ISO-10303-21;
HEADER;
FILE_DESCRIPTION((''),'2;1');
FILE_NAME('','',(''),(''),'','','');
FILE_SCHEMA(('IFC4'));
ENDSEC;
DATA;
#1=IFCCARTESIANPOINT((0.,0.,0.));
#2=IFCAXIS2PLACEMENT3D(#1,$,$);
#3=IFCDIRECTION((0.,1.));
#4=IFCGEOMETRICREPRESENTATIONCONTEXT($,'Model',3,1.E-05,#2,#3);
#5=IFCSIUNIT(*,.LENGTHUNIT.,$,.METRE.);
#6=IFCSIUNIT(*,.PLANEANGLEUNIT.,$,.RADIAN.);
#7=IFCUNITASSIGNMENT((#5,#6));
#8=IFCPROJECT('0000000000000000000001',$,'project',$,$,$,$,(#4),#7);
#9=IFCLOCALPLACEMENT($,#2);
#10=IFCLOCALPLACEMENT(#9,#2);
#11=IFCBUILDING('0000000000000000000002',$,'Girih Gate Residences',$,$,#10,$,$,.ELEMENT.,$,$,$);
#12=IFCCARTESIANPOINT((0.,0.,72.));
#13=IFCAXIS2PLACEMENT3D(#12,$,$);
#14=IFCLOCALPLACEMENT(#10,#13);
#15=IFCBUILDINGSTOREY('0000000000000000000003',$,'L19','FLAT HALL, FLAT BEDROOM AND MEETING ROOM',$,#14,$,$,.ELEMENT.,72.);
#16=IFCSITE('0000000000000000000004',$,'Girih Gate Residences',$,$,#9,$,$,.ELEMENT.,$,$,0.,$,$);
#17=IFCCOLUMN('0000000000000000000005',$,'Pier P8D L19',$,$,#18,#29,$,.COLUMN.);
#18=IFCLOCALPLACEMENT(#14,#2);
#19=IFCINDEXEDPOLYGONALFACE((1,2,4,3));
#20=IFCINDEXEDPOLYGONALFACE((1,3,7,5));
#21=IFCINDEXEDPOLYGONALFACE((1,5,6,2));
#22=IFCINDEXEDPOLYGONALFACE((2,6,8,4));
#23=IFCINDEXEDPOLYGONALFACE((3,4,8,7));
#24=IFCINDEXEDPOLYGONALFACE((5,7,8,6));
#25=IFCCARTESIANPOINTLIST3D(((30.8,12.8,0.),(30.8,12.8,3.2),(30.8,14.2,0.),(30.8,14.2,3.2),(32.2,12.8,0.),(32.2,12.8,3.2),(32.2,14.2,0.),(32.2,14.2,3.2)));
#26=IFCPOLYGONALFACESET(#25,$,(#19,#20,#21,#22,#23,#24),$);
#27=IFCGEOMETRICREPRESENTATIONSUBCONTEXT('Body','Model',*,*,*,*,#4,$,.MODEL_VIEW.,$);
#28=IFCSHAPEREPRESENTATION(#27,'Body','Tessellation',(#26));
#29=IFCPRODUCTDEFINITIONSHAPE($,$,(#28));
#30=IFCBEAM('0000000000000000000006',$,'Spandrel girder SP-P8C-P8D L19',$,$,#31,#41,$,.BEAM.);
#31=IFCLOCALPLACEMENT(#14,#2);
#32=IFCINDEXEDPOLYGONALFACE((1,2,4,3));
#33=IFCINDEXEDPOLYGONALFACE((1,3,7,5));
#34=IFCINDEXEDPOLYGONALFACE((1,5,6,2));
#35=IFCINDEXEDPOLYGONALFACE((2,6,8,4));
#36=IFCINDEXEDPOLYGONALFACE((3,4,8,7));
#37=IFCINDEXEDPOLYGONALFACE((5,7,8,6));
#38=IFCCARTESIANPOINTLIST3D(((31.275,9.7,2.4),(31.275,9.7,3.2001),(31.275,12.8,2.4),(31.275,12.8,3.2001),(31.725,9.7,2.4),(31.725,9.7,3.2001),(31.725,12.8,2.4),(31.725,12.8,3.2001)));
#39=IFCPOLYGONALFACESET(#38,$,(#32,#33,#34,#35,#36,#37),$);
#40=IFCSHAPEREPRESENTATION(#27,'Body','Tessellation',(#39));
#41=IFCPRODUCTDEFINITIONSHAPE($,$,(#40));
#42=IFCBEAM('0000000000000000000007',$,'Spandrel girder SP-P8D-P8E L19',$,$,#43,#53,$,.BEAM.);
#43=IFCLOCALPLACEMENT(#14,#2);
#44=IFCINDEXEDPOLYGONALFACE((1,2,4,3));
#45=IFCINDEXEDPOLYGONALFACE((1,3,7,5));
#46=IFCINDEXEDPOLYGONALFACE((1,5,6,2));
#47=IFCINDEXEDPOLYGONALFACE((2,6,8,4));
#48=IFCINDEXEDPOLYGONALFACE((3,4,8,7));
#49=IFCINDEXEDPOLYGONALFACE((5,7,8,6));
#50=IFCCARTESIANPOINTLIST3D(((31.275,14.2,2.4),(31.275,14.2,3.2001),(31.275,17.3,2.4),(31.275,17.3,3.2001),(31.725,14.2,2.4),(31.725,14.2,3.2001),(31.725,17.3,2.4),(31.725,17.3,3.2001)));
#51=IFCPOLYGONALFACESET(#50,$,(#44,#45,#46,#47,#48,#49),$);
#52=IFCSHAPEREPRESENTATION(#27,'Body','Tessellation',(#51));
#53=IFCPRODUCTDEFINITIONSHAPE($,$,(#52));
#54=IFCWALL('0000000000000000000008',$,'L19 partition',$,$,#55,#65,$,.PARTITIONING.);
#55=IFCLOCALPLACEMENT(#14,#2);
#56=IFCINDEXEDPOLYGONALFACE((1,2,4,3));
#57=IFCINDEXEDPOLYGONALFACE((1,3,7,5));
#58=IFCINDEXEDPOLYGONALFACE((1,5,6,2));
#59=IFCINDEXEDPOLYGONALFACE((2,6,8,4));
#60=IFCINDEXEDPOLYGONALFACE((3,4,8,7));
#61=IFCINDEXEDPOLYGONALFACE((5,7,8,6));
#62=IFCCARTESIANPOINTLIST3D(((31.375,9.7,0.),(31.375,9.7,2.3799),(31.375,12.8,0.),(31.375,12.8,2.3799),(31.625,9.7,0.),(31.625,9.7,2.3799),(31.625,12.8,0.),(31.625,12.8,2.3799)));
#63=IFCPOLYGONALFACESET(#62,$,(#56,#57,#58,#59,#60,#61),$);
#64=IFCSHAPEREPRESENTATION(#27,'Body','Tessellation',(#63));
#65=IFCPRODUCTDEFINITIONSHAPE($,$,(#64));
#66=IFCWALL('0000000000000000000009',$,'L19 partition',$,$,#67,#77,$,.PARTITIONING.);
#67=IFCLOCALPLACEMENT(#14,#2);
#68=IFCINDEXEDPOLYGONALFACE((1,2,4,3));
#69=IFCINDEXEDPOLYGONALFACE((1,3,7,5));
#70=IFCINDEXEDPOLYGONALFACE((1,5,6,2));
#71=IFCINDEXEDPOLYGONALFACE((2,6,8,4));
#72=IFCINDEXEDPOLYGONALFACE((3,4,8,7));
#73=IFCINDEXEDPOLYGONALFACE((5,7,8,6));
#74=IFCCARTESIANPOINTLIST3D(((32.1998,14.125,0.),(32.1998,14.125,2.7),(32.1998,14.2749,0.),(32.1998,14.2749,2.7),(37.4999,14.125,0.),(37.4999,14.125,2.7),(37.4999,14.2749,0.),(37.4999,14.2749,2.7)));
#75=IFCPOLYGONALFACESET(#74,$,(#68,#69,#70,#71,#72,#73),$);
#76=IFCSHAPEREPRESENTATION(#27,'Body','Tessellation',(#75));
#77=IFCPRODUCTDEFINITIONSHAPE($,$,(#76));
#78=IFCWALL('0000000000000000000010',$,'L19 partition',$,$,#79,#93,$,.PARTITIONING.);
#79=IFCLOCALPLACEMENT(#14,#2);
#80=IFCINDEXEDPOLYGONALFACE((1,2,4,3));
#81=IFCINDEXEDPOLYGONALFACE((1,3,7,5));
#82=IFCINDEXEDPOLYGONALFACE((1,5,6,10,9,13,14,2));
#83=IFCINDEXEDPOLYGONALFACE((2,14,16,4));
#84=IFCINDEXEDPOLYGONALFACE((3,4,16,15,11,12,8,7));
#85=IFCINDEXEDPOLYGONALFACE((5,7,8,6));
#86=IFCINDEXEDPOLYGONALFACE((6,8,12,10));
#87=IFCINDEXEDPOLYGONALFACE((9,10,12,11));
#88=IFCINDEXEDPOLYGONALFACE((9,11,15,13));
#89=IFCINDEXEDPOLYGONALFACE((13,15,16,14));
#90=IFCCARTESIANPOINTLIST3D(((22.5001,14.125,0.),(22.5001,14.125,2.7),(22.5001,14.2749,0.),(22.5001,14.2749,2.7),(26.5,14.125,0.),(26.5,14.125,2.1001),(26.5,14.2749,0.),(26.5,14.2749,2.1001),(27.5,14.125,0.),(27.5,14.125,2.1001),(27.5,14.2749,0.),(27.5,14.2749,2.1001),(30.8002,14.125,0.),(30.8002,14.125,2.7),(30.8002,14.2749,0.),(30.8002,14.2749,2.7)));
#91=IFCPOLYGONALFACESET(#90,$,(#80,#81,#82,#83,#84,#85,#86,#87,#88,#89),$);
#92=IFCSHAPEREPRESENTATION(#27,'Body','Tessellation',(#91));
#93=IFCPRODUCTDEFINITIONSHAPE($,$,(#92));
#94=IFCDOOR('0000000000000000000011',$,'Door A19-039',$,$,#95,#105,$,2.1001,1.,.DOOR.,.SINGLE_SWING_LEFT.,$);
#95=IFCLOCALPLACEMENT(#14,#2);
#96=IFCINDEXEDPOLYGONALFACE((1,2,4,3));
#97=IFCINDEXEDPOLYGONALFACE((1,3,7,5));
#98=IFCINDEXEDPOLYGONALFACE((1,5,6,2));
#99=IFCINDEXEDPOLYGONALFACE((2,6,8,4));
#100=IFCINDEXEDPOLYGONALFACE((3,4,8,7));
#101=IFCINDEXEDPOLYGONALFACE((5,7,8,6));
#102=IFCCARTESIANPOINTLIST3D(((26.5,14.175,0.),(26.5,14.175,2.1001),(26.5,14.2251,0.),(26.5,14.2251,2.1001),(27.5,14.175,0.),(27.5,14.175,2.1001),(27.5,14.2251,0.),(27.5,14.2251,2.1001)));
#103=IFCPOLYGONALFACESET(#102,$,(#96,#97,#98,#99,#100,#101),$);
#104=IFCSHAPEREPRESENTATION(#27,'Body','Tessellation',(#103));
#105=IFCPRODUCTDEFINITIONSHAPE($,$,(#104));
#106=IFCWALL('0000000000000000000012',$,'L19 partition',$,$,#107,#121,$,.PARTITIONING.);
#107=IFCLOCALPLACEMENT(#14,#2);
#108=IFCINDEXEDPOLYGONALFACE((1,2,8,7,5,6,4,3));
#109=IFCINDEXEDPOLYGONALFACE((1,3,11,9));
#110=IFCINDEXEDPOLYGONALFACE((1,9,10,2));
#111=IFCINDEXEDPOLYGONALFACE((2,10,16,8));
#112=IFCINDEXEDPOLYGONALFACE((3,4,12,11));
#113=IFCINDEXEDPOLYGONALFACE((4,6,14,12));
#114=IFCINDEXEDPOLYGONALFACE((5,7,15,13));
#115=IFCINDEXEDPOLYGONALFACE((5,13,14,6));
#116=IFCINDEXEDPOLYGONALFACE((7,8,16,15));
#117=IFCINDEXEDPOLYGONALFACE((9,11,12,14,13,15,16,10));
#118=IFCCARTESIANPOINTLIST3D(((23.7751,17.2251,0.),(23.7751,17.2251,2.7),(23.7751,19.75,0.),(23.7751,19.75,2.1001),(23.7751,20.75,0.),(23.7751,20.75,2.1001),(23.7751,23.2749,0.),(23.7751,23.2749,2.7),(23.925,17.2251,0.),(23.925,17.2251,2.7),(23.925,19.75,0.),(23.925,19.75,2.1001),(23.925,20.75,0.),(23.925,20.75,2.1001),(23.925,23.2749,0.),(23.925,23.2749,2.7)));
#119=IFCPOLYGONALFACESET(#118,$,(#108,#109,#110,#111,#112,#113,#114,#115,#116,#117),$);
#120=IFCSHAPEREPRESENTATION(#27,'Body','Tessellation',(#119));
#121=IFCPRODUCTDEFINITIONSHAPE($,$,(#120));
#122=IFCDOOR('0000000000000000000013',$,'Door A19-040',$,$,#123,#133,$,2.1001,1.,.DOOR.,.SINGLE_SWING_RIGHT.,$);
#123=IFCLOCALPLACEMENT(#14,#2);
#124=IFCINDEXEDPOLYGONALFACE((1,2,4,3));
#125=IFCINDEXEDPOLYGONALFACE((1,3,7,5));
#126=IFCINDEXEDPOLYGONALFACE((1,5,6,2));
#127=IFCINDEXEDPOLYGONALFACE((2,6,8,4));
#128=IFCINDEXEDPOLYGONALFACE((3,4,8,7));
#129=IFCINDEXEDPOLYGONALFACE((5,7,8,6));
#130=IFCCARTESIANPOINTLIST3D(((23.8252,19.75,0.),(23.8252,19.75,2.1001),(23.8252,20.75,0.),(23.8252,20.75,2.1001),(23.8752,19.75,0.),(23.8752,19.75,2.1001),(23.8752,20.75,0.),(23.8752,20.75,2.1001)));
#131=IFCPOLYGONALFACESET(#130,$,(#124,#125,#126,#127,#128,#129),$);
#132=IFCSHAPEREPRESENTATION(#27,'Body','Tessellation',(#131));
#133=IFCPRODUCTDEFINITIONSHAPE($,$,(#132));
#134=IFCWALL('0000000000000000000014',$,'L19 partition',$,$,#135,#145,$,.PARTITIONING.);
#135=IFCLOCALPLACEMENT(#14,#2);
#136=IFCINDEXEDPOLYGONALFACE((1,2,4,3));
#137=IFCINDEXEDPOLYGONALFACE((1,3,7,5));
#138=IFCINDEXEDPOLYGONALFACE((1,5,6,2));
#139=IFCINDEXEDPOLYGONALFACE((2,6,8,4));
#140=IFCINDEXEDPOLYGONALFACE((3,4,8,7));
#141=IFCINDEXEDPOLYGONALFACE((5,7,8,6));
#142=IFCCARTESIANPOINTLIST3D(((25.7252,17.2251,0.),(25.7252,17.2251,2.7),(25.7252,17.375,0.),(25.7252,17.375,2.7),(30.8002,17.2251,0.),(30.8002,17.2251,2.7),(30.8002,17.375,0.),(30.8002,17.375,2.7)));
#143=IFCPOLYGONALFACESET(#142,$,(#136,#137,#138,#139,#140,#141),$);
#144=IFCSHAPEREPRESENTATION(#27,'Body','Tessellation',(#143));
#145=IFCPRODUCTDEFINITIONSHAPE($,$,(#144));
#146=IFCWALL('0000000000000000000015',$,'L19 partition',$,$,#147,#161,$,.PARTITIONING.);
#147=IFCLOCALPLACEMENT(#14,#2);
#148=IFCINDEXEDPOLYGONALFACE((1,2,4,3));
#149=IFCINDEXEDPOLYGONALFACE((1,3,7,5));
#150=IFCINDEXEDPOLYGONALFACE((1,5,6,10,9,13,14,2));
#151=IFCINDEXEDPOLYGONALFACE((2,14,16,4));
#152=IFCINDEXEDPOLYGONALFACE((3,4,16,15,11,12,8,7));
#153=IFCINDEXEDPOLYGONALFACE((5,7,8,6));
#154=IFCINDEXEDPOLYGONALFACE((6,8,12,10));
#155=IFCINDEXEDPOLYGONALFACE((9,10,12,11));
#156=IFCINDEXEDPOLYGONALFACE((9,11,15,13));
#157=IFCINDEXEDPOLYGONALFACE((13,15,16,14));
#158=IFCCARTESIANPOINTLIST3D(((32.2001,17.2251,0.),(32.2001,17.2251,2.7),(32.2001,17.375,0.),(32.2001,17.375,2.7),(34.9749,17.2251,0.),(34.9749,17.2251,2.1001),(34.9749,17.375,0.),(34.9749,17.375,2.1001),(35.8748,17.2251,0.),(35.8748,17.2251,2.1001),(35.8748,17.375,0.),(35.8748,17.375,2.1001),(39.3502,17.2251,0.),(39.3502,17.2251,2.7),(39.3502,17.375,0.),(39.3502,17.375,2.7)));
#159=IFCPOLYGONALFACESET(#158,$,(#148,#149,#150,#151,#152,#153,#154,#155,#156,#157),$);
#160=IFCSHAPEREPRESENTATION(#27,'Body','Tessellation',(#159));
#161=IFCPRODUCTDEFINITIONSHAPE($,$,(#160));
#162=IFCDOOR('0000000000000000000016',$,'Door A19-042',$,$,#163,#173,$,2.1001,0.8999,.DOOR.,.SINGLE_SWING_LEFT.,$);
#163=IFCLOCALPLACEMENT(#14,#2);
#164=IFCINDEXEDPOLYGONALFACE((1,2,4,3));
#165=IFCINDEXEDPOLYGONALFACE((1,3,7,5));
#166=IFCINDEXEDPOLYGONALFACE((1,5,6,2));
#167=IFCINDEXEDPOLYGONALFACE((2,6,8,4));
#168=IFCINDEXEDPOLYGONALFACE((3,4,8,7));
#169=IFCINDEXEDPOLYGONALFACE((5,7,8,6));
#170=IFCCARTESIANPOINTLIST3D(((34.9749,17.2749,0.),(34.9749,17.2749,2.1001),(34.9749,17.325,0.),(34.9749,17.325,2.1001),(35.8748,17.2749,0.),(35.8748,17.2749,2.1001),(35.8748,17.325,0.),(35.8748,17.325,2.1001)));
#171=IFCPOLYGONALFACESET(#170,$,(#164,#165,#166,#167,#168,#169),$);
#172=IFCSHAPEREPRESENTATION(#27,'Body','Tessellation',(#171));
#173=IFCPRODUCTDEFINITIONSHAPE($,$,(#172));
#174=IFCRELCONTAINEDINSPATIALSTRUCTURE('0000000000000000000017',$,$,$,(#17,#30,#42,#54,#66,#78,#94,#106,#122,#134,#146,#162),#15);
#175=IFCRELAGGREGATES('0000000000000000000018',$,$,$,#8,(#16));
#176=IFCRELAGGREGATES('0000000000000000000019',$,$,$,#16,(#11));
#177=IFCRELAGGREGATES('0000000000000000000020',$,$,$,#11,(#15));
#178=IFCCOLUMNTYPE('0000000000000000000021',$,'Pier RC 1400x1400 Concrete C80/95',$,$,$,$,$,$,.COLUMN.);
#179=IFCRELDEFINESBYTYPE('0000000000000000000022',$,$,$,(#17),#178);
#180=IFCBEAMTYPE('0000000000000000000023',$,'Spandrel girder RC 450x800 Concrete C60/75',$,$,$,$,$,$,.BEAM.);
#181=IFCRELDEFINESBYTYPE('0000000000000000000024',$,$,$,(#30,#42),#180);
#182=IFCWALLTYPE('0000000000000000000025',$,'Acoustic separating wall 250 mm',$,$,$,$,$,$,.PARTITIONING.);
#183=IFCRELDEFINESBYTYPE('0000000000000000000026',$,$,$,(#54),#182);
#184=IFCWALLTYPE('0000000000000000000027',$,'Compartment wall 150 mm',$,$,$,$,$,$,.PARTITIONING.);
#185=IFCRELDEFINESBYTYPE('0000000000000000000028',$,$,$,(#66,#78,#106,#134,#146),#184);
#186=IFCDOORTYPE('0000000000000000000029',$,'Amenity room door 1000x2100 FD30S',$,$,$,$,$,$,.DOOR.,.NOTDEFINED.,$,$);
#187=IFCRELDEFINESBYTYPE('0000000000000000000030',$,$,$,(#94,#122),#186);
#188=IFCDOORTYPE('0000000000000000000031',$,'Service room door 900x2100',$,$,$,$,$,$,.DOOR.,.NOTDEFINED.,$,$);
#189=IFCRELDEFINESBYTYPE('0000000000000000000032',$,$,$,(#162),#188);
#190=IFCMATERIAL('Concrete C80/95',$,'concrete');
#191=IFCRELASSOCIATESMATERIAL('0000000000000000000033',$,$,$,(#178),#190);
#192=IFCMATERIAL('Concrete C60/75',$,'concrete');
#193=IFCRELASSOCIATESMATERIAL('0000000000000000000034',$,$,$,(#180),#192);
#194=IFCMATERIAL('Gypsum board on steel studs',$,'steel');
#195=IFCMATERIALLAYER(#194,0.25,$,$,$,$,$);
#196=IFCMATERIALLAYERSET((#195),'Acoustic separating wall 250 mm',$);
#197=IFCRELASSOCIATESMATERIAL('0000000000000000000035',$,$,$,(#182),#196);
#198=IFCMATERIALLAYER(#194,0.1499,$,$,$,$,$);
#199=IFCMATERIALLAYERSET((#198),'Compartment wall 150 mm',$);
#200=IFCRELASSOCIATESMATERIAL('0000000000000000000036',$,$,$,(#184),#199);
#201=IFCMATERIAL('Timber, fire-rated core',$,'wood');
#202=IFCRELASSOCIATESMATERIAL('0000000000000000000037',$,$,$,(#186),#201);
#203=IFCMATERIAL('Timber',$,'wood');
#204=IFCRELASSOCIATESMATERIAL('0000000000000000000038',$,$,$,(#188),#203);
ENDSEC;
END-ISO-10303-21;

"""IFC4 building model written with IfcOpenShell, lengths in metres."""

from ifc_helpers import new_model, si_unit, direction, frame, frame_2d, origin, origin_2d, place, context, subcontext, project, spatial, rectangle, extrude, material, layer, layer_set, material_profile, profile_set, type_object, element, fill, save


model = new_model("IFC4")

# Units and contexts
model_context = context("Model", 3, precision=1e-05, world=origin(), true_north=direction((0.0, 1.0)))
body_context = subcontext(model_context, "Body", "Model", "MODEL_VIEW")
ifc_project = project(units=[si_unit("LENGTHUNIT", "METRE"), si_unit("PLANEANGLEUNIT", "RADIAN")], contexts=[model_context])

# Site, building, storey
site_placement = place(None, origin())
site = spatial("IfcSite", under=ifc_project, at=site_placement, Name="Girih Gate Residences", CompositionType="ELEMENT", RefElevation=0.0)
building_placement = place(site_placement, origin())
building = spatial("IfcBuilding", under=site, at=building_placement, Name="Girih Gate Residences", CompositionType="ELEMENT")
storey_placement = place(building_placement, frame((0.0, 0.0, 72.0)))
storey = spatial("IfcBuildingStorey", under=building, at=storey_placement, Name="L19", Description="FLAT HALL, FLAT BEDROOM AND MEETING ROOM", CompositionType="ELEMENT", Elevation=72.0)

# Column
ifc_material_1 = material(Name="Concrete C80/95", Category="concrete")
ifc_material_profile_1 = material_profile(ifc_material_1, rectangle(XDim=1.3999, YDim=1.3999, at=origin_2d()))
ifc_profile_set_1 = profile_set([ifc_material_profile_1], Name="Concrete C80/95")
column_type = type_object("IfcColumnType", Name="Pier RC 1400x1400 Concrete C80/95", PredefinedType="COLUMN", material=ifc_profile_set_1)
column_placement = place(storey_placement, frame((31.5, 13.5, 0.0), z_axis=(0.0, 0.0, 1.0), x_axis=(1.0, 0.0, 0.0)))
element("IfcColumn", 1, at=column_placement, inside=storey, type_object=column_type, Name="Pier P8D L19", PredefinedType="COLUMN", context=body_context, shape_type="SweptSolid", body=[
    extrude(rectangle(XDim=1.3999, YDim=1.3999, at=origin_2d()), origin(), (0.0, 0.0, 1.0), 3.2),
])

# Beams
ifc_material_2 = material(Name="Concrete C60/75", Category="concrete")
ifc_material_profile_2 = material_profile(ifc_material_2, rectangle(XDim=0.45, YDim=0.8, at=origin_2d()))
ifc_profile_set_2 = profile_set([ifc_material_profile_2], Name="Concrete C60/75")
beam_type = type_object("IfcBeamType", Name="Spandrel girder RC 450x800 Concrete C60/75", PredefinedType="BEAM", material=ifc_profile_set_2)
for number, where, z_axis, x_axis, name in (
    (2, (31.5, 9.7, 2.8), (0.0, 1.0, 0.0), (-1.0, 0.0, 0.0), "Spandrel girder SP-P8C-P8D L19"),
    (3, (31.5, 14.2, 2.8), (0.0, 1.0, 0.0), (-1.0, 0.0, 0.0), "Spandrel girder SP-P8D-P8E L19"),
):
    element("IfcBeam", number, at=place(storey_placement, frame(where, z_axis=z_axis, x_axis=x_axis)), inside=storey, type_object=beam_type, Name=name, PredefinedType="BEAM", context=body_context, shape_type="SweptSolid", body=[
        extrude(rectangle(XDim=0.45, YDim=0.8, at=origin_2d()), origin(), (0.0, 0.0, 1.0), 3.1001),
    ])

# Walls
ifc_material_3 = material(Name="Gypsum board on steel studs", Category="steel")
ifc_layer_1 = layer(ifc_material_3, 0.25)
ifc_layer_set_1 = layer_set([ifc_layer_1], Name="Acoustic separating wall 250 mm")
wall_type_1 = type_object("IfcWallType", Name="Acoustic separating wall 250 mm", PredefinedType="PARTITIONING", material=ifc_layer_set_1)
wall_1_placement = place(storey_placement, frame((31.5, 9.7, 0.0), z_axis=(0.0, 0.0, 1.0), x_axis=(0.0, 1.0, 0.0)))
element("IfcWall", 4, at=wall_1_placement, inside=storey, type_object=wall_type_1, Name="L19 partition", PredefinedType="PARTITIONING", context=body_context, shape_type="SweptSolid", body=[
    extrude(rectangle(XDim=3.1001, YDim=0.25, at=frame_2d((1.55, 0.0))), origin(), (0.0, 0.0, 1.0), 2.3799),
])
ifc_layer_2 = layer(ifc_material_3, 0.1499)
ifc_layer_set_2 = layer_set([ifc_layer_2], Name="Compartment wall 150 mm")
wall_type_2 = type_object("IfcWallType", Name="Compartment wall 150 mm", PredefinedType="PARTITIONING", material=ifc_layer_set_2)
wall_2_placement = place(storey_placement, frame((32.2, 14.2, 0.0), z_axis=(0.0, 0.0, 1.0), x_axis=(1.0, 0.0, 0.0)))
element("IfcWall", 5, at=wall_2_placement, inside=storey, type_object=wall_type_2, Name="L19 partition", PredefinedType="PARTITIONING", context=body_context, shape_type="SweptSolid", body=[
    extrude(rectangle(XDim=5.3, YDim=0.1499, at=frame_2d((2.6499, 0.0))), origin(), (0.0, 0.0, 1.0), 2.7),
])

# Walls, openings, doors
wall_3_placement = place(storey_placement, frame((30.8, 14.2, 0.0), z_axis=(0.0, 0.0, 1.0), x_axis=(-1.0, 0.0, 0.0)))
wall_3 = element("IfcWall", 6, at=wall_3_placement, inside=storey, type_object=wall_type_2, Name="L19 partition", PredefinedType="PARTITIONING", context=body_context, shape_type="SweptSolid", body=[
    extrude(rectangle(XDim=8.3, YDim=0.1499, at=frame_2d((4.1499, 0.0))), origin(), (0.0, 0.0, 1.0), 2.7),
])
opening_1_placement = place(wall_3_placement, frame((3.3, 0.0, 0.0)))
opening_1 = element("IfcOpeningElement", 7, at=opening_1_placement, cuts=wall_3, PredefinedType="OPENING", context=body_context, shape_type="SweptSolid", body=[
    extrude(rectangle(XDim=1.0, YDim=2.1001, at=frame_2d((0.5, 1.05))), frame((0.0, 0.085, 0.0), z_axis=(0.0, -1.0, 0.0), x_axis=(1.0, 0.0, 0.0)), (0.0, 0.0, 1.0), 0.1699),
])
ifc_material_4 = material(Name="Timber, fire-rated core", Category="wood")
door_type_1 = type_object("IfcDoorType", Name="Amenity room door 1000x2100 FD30S", OperationType="NOTDEFINED", PredefinedType="DOOR", material=ifc_material_4)
door_1_placement = place(opening_1_placement, origin())
door_1 = element("IfcDoor", 8, at=door_1_placement, inside=storey, type_object=door_type_1, Name="Door A19-039", OperationType="SINGLE_SWING_LEFT", OverallHeight=2.1001, OverallWidth=1.0, PredefinedType="DOOR", context=body_context, shape_type="SweptSolid", body=[
    extrude(rectangle(XDim=1.0, YDim=2.1001, at=frame_2d((0.5, 1.05))), frame((0.0, 0.0249, 0.0), z_axis=(0.0, -1.0, 0.0), x_axis=(1.0, 0.0, 0.0)), (0.0, 0.0, 1.0), 0.05),
])
fill(opening_1, door_1)
wall_4_placement = place(storey_placement, frame((23.8501, 17.2251, 0.0), z_axis=(0.0, 0.0, 1.0), x_axis=(0.0, 1.0, 0.0)))
wall_4 = element("IfcWall", 9, at=wall_4_placement, inside=storey, type_object=wall_type_2, Name="L19 partition", PredefinedType="PARTITIONING", context=body_context, shape_type="SweptSolid", body=[
    extrude(rectangle(XDim=6.0498, YDim=0.1499, at=frame_2d((3.0249, 0.0))), origin(), (0.0, 0.0, 1.0), 2.7),
])
opening_2_placement = place(wall_4_placement, frame((2.5249, 0.0, 0.0)))
opening_2 = element("IfcOpeningElement", 10, at=opening_2_placement, cuts=wall_4, PredefinedType="OPENING", context=body_context, shape_type="SweptSolid", body=[
    extrude(rectangle(XDim=1.0, YDim=2.1001, at=frame_2d((0.5, 1.05))), frame((0.0, 0.085, 0.0), z_axis=(0.0, -1.0, 0.0), x_axis=(1.0, 0.0, 0.0)), (0.0, 0.0, 1.0), 0.1699),
])
door_2_placement = place(opening_2_placement, origin())
door_2 = element("IfcDoor", 11, at=door_2_placement, inside=storey, type_object=door_type_1, Name="Door A19-040", OperationType="SINGLE_SWING_RIGHT", OverallHeight=2.1001, OverallWidth=1.0, PredefinedType="DOOR", context=body_context, shape_type="SweptSolid", body=[
    extrude(rectangle(XDim=1.0, YDim=2.1001, at=frame_2d((0.5, 1.05))), frame((0.0, 0.0249, 0.0), z_axis=(0.0, -1.0, 0.0), x_axis=(1.0, 0.0, 0.0)), (0.0, 0.0, 1.0), 0.05),
])
fill(opening_2, door_2)

# Wall
wall_5_placement = place(storey_placement, frame((25.7251, 17.3, 0.0), z_axis=(0.0, 0.0, 1.0), x_axis=(1.0, 0.0, 0.0)))
element("IfcWall", 12, at=wall_5_placement, inside=storey, type_object=wall_type_2, Name="L19 partition", PredefinedType="PARTITIONING", context=body_context, shape_type="SweptSolid", body=[
    extrude(rectangle(XDim=5.075, YDim=0.1499, at=frame_2d((2.5376, 0.0))), origin(), (0.0, 0.0, 1.0), 2.7),
])

# Wall, opening, door
wall_6_placement = place(storey_placement, frame((32.2, 17.3, 0.0), z_axis=(0.0, 0.0, 1.0), x_axis=(1.0, 0.0, 0.0)))
wall_6 = element("IfcWall", 13, at=wall_6_placement, inside=storey, type_object=wall_type_2, Name="L19 partition", PredefinedType="PARTITIONING", context=body_context, shape_type="SweptSolid", body=[
    extrude(rectangle(XDim=7.1501, YDim=0.1499, at=frame_2d((3.5752, 0.0))), origin(), (0.0, 0.0, 1.0), 2.7),
])
opening_3_placement = place(wall_6_placement, frame((2.7749, 0.0, 0.0)))
opening_3 = element("IfcOpeningElement", 14, at=opening_3_placement, cuts=wall_6, PredefinedType="OPENING", context=body_context, shape_type="SweptSolid", body=[
    extrude(rectangle(XDim=0.8999, YDim=2.1001, at=frame_2d((0.45, 1.05))), frame((0.0, 0.085, 0.0), z_axis=(0.0, -1.0, 0.0), x_axis=(1.0, 0.0, 0.0)), (0.0, 0.0, 1.0), 0.1699),
])
ifc_material_5 = material(Name="Timber", Category="wood")
door_type_2 = type_object("IfcDoorType", Name="Service room door 900x2100", OperationType="NOTDEFINED", PredefinedType="DOOR", material=ifc_material_5)
door_3_placement = place(opening_3_placement, origin())
door_3 = element("IfcDoor", 15, at=door_3_placement, inside=storey, type_object=door_type_2, Name="Door A19-042", OperationType="SINGLE_SWING_LEFT", OverallHeight=2.1001, OverallWidth=0.8999, PredefinedType="DOOR", context=body_context, shape_type="SweptSolid", body=[
    extrude(rectangle(XDim=0.8999, YDim=2.1001, at=frame_2d((0.45, 1.05))), frame((0.0, 0.0249, 0.0), z_axis=(0.0, -1.0, 0.0), x_axis=(1.0, 0.0, 0.0)), (0.0, 0.0, 1.0), 0.05),
])
fill(opening_3, door_3)

save(model, "model.ifc")
